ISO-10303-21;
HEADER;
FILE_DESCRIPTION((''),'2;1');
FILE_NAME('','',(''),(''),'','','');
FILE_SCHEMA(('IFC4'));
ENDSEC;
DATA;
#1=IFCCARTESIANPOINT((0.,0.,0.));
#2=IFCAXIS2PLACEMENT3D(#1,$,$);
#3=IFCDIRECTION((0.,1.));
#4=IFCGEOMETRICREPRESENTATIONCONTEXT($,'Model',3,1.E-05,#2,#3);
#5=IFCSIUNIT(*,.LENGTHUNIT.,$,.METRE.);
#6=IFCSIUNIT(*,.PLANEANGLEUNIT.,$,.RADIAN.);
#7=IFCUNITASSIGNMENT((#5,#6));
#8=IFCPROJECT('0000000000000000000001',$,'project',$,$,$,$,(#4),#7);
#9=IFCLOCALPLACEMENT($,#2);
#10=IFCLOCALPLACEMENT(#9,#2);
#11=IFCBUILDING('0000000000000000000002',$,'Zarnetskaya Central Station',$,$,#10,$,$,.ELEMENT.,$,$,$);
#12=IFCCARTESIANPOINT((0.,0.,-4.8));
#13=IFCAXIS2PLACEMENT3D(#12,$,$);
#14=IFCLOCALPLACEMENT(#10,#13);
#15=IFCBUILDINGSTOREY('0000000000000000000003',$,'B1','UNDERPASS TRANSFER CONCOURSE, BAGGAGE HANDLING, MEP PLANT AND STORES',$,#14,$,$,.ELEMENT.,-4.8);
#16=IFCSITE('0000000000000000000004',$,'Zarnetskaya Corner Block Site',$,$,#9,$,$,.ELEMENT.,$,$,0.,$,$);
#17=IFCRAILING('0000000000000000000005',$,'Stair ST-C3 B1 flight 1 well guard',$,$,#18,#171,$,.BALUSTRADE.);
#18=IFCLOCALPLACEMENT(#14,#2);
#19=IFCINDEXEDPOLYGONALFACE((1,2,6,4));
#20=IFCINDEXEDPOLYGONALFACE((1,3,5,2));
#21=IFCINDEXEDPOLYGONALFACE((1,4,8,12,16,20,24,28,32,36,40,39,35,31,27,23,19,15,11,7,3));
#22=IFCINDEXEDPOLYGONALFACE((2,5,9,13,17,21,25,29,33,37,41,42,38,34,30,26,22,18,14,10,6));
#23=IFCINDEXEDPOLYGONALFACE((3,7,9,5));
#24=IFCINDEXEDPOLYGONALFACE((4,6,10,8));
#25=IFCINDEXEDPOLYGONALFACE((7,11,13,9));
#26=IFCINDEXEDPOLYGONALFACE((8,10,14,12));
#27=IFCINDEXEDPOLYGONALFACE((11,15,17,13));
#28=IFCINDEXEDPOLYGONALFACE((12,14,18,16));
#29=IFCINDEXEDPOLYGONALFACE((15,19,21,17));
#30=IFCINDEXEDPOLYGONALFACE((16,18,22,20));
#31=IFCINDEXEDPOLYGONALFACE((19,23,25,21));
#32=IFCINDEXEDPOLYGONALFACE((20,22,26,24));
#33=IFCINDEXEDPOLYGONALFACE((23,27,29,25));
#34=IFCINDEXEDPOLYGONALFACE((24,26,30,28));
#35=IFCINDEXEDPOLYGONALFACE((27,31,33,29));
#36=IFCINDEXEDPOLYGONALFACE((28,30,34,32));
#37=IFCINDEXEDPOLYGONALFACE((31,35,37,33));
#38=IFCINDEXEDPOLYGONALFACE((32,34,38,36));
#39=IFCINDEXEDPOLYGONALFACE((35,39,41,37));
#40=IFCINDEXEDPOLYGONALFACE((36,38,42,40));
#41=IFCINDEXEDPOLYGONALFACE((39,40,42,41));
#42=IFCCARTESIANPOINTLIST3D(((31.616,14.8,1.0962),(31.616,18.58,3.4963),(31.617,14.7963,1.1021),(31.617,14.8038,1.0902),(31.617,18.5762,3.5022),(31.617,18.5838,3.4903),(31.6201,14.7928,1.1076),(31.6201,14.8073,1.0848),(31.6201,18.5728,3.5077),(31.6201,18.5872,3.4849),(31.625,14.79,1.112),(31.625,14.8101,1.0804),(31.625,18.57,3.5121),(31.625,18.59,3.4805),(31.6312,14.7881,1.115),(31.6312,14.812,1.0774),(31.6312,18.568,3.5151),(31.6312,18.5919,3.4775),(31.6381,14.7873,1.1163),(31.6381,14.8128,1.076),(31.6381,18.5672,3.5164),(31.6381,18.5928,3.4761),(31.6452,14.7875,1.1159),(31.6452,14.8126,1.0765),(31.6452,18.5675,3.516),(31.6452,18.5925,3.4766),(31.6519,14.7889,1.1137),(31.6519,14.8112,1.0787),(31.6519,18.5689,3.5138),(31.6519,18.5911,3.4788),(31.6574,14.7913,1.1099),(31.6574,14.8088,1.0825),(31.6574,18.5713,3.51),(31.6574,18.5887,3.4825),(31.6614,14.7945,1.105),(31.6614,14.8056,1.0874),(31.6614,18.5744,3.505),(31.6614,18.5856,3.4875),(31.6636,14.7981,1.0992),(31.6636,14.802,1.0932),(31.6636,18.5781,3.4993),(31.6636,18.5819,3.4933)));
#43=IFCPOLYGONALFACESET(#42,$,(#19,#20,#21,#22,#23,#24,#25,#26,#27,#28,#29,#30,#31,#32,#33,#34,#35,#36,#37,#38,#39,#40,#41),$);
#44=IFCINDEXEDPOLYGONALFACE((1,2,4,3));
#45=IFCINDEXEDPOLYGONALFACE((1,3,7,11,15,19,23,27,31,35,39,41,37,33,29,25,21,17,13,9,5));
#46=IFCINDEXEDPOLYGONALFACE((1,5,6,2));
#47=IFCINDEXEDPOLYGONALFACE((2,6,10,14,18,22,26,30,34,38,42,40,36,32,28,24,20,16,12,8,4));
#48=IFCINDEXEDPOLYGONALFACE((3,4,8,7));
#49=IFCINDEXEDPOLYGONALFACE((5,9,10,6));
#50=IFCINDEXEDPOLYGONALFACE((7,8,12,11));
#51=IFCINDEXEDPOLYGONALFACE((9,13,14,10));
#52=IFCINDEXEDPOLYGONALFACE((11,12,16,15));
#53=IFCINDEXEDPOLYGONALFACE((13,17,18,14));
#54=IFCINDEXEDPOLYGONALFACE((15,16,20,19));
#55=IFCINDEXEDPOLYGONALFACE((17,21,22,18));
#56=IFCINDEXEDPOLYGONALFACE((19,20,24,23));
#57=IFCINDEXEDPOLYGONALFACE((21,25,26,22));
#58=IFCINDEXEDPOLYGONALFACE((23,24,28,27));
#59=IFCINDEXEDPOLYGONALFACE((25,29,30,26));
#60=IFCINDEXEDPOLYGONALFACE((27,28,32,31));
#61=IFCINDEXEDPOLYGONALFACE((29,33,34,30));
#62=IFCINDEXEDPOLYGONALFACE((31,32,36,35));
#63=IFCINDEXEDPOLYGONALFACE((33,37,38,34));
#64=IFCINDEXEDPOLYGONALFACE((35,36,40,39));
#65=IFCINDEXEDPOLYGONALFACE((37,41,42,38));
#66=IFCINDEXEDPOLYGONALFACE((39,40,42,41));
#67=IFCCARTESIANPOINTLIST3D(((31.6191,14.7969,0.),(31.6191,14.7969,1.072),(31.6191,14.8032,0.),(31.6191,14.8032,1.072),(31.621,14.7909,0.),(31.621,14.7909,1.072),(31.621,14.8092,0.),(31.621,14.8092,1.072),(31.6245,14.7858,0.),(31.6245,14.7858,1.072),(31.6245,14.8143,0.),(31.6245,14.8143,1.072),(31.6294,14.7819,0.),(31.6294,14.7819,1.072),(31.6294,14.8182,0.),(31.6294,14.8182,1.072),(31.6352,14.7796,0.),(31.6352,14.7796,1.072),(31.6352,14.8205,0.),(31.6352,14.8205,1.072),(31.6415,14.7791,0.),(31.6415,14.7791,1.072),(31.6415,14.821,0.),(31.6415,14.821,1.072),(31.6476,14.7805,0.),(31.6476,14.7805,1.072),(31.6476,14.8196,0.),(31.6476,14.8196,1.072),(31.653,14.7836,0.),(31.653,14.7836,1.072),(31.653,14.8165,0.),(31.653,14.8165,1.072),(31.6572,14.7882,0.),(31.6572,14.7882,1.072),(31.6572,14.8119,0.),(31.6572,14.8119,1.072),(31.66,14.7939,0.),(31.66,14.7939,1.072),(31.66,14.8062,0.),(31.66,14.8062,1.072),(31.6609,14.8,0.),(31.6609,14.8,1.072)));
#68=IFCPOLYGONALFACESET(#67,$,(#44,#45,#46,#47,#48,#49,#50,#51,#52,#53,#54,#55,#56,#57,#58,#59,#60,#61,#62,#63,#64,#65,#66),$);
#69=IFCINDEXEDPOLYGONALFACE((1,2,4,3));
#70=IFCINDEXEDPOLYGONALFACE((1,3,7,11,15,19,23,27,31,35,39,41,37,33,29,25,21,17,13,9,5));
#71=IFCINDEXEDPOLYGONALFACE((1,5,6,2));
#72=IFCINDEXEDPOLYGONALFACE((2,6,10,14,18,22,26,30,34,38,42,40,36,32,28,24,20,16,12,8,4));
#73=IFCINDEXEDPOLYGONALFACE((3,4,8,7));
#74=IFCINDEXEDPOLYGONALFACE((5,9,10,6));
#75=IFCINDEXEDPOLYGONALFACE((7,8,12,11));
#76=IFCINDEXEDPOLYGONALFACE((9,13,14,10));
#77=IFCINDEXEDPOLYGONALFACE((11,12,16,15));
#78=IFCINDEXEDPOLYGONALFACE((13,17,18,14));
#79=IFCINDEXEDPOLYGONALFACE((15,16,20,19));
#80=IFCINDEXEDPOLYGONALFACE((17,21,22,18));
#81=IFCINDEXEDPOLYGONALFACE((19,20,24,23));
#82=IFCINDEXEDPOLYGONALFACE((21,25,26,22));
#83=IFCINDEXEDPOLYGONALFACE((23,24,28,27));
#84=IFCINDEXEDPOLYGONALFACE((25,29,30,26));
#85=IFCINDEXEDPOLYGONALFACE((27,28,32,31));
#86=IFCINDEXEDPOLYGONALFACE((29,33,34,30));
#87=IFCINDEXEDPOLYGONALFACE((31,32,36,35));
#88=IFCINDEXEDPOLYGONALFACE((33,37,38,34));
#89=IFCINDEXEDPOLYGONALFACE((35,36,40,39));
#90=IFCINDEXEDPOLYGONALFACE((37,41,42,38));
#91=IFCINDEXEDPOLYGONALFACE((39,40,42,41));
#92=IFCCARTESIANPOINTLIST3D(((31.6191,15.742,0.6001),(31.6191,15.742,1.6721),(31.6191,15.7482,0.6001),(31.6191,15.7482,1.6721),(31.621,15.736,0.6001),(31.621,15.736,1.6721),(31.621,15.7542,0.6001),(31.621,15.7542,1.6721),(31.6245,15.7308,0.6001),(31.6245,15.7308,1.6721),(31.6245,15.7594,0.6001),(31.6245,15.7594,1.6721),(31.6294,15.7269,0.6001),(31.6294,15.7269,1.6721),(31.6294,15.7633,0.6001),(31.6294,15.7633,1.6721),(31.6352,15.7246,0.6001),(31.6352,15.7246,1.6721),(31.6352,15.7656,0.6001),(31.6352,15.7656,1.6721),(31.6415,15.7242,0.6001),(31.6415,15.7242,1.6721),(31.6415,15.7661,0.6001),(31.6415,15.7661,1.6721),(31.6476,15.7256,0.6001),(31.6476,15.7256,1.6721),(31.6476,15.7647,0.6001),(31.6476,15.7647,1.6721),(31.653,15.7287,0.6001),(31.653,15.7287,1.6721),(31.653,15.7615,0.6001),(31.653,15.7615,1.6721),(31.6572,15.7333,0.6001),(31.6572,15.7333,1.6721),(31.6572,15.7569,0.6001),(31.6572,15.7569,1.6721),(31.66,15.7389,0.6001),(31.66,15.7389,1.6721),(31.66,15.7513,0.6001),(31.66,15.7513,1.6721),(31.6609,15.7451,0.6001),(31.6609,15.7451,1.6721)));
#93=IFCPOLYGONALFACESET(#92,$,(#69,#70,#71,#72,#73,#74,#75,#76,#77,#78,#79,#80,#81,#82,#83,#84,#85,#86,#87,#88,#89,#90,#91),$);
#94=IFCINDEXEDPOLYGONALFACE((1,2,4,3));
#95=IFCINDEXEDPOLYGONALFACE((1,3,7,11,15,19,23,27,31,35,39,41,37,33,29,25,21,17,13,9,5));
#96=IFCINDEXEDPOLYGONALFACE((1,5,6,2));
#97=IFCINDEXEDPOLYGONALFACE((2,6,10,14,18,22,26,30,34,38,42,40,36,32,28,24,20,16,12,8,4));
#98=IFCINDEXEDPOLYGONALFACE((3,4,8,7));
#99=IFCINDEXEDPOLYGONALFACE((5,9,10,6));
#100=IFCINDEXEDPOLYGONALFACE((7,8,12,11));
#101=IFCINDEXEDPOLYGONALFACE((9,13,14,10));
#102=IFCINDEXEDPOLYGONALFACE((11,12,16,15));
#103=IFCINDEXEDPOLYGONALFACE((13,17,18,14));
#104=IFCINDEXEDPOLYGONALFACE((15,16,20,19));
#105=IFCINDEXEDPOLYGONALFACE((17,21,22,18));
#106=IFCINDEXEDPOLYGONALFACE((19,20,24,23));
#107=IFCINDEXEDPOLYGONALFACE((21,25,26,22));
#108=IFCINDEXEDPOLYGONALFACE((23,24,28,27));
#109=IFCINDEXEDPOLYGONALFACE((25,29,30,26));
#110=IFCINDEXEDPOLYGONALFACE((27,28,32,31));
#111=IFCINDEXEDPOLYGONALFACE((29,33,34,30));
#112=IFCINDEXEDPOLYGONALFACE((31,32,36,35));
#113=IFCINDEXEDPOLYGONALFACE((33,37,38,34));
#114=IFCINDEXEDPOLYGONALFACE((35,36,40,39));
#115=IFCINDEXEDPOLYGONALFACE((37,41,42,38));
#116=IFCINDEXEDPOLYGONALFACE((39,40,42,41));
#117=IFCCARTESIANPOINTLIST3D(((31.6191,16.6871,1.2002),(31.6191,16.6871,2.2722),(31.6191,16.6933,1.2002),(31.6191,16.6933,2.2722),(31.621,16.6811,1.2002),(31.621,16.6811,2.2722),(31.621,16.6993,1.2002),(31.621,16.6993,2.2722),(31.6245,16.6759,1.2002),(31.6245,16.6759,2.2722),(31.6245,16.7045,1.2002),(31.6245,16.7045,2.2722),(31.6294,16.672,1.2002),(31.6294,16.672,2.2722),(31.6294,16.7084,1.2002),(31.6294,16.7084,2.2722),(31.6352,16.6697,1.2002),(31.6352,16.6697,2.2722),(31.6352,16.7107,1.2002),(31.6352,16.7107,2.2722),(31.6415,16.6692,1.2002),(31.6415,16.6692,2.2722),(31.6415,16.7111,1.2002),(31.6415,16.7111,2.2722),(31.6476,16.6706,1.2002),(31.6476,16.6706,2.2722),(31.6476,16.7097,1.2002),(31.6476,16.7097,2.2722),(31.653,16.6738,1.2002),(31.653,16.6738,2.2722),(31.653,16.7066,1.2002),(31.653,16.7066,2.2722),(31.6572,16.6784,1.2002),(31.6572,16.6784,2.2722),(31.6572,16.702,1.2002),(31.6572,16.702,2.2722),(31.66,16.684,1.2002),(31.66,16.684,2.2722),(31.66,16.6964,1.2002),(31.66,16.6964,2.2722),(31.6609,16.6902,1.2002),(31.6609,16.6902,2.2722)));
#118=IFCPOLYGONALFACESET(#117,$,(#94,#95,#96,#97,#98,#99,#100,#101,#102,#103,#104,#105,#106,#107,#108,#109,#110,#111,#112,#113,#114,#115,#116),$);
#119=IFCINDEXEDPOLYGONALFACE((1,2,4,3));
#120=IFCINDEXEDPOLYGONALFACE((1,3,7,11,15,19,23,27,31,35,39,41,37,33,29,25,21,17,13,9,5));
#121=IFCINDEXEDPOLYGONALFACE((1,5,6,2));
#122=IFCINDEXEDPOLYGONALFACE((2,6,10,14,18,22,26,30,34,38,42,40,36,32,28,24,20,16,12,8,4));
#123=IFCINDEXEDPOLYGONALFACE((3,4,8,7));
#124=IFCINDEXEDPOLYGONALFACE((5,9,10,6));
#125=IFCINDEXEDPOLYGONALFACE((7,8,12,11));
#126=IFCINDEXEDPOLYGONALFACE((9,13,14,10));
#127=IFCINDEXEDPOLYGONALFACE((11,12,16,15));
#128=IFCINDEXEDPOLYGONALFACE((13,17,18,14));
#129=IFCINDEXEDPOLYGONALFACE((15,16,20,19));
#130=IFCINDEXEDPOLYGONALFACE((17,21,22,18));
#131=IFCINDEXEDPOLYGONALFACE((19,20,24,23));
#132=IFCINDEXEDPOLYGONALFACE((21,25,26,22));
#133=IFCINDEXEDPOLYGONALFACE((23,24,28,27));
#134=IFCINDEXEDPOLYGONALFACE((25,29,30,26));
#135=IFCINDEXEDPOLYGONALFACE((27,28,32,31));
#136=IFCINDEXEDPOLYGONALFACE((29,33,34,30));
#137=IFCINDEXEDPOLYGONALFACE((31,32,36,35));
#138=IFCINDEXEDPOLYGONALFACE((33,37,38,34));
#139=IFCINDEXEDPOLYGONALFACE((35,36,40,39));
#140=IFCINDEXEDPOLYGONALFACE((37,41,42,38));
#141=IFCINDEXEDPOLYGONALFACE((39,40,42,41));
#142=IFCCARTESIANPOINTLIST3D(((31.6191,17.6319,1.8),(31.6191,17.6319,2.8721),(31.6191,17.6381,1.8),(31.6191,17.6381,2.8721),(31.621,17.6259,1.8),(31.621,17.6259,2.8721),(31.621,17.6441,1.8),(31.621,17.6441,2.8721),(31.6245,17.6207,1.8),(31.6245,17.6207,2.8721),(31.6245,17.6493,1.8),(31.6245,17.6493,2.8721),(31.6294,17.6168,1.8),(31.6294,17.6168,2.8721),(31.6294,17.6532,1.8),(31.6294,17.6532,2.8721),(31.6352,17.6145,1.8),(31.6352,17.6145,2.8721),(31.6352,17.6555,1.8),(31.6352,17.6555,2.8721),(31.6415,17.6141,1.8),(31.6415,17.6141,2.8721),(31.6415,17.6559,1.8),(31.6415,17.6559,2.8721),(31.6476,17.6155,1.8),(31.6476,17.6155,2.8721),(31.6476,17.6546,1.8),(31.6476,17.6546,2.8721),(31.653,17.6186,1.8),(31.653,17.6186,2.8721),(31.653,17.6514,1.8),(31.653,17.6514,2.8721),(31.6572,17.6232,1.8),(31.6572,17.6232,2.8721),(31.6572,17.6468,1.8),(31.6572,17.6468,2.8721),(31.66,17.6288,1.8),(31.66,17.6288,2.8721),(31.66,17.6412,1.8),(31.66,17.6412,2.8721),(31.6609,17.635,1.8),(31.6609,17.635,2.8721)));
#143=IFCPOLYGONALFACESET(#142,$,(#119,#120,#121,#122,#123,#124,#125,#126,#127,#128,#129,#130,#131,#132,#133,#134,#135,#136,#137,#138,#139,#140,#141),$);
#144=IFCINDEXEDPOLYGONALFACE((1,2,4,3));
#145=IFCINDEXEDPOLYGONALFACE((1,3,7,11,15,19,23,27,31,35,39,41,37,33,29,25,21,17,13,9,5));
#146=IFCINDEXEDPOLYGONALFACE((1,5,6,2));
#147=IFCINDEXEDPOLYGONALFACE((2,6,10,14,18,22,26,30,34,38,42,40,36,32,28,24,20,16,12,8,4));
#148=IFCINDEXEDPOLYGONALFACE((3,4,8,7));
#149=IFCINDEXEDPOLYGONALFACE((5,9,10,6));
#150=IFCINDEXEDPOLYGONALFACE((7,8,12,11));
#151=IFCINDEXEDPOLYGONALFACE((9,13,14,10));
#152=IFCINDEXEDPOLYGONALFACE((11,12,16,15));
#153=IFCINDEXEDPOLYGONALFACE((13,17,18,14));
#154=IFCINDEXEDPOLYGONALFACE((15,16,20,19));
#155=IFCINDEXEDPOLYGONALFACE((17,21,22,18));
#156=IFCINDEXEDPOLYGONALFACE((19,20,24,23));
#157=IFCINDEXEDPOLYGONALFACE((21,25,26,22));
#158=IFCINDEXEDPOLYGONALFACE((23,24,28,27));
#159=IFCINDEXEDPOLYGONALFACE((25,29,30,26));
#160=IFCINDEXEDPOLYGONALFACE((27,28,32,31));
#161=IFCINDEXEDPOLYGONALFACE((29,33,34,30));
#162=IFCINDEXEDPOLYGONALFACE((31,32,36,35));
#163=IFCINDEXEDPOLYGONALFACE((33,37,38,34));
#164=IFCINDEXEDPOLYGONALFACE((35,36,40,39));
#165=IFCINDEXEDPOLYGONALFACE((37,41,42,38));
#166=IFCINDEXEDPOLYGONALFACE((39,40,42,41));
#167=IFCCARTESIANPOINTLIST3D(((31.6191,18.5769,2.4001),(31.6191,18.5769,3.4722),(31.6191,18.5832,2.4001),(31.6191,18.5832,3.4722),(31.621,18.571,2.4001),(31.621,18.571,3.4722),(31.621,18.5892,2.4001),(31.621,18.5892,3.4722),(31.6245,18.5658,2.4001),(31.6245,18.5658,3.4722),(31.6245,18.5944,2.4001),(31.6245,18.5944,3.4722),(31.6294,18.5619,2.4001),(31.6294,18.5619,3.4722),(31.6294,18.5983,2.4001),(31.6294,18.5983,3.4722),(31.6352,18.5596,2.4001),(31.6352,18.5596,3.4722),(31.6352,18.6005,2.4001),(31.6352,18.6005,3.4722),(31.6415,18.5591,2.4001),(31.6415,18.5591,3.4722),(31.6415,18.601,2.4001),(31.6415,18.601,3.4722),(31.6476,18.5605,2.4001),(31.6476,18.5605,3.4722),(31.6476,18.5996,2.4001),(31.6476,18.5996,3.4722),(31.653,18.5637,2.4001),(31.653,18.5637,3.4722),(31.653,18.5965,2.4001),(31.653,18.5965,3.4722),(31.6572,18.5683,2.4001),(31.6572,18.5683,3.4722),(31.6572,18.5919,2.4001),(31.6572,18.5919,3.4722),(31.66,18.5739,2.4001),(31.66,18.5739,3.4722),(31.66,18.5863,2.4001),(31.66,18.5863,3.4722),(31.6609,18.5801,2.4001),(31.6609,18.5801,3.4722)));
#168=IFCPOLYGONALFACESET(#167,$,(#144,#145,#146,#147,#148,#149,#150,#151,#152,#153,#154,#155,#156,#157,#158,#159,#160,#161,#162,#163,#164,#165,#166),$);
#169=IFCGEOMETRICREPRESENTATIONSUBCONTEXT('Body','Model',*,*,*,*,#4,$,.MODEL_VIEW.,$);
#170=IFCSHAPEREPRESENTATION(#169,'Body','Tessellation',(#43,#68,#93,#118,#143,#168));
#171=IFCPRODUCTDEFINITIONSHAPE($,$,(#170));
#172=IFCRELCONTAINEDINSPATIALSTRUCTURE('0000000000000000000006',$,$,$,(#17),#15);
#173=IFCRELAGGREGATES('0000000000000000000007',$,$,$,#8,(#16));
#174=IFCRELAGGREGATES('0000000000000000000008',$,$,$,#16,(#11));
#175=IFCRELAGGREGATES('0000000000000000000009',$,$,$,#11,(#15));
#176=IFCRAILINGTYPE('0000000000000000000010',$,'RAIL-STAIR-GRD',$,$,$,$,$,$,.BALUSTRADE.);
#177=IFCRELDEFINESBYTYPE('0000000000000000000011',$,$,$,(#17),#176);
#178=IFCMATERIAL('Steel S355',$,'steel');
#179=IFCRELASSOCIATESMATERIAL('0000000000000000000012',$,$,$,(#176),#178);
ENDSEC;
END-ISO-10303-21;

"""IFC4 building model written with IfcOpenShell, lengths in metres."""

from ifc_helpers import new_model, si_unit, direction, frame, origin, origin_2d, place, context, subcontext, project, spatial, circle, extrude, material, type_object, element, save


model = new_model("IFC4")

# Units and contexts
model_context = context("Model", 3, precision=1e-05, world=origin(), true_north=direction((0.0, 1.0)))
body_context = subcontext(model_context, "Body", "Model", "MODEL_VIEW")
ifc_project = project(units=[si_unit("LENGTHUNIT", "METRE"), si_unit("PLANEANGLEUNIT", "RADIAN")], contexts=[model_context])

# Site, building, storey
site_placement = place(None, origin())
site = spatial("IfcSite", under=ifc_project, at=site_placement, Name="Zarnetskaya Corner Block Site", CompositionType="ELEMENT", RefElevation=0.0)
building_placement = place(site_placement, origin())
building = spatial("IfcBuilding", under=site, at=building_placement, Name="Zarnetskaya Central Station", CompositionType="ELEMENT")
storey_placement = place(building_placement, frame((0.0, 0.0, -4.8)))
storey = spatial("IfcBuildingStorey", under=building, at=storey_placement, Name="B1", Description="UNDERPASS TRANSFER CONCOURSE, BAGGAGE HANDLING, MEP PLANT AND STORES", CompositionType="ELEMENT", Elevation=-4.8)

# Railing
ifc_material_1 = material(Name="Steel S355", Category="steel")
railing_type_1 = type_object("IfcRailingType", Name="RAIL-STAIR-GRD", PredefinedType="BALUSTRADE", material=ifc_material_1)
railing_1_placement = place(storey_placement, frame((31.6399, 14.8, 0.0)))
element("IfcRailing", 1, at=railing_1_placement, inside=storey, type_object=railing_type_1, Name="Stair ST-C3 B1 flight 1 well guard", PredefinedType="BALUSTRADE", context=body_context, shape_type="SweptSolid", body=[
    extrude(circle(Radius=0.0239, at=origin_2d()), frame((0.0, 0.0, 1.0962), z_axis=(0.0, 0.8442, 0.536028), x_axis=(-1.0, 0.0, 0.0)), (0.0, 0.0, 1.0), 4.4775),
    extrude(circle(Radius=0.021, at=origin_2d()), origin(), (0.0, 0.0, 1.0), 1.072),
    extrude(circle(Radius=0.021, at=origin_2d()), frame((0.0, 0.9451, 0.6001)), (0.0, 0.0, 1.0), 1.072),
    extrude(circle(Radius=0.021, at=origin_2d()), frame((0.0, 1.8901, 1.2002)), (0.0, 0.0, 1.0), 1.072),
    extrude(circle(Radius=0.021, at=origin_2d()), frame((0.0, 2.835, 1.8)), (0.0, 0.0, 1.0), 1.072),
    extrude(circle(Radius=0.021, at=origin_2d()), frame((0.0, 3.78, 2.4001)), (0.0, 0.0, 1.0), 1.072),
])

save(model, "model.ifc")
